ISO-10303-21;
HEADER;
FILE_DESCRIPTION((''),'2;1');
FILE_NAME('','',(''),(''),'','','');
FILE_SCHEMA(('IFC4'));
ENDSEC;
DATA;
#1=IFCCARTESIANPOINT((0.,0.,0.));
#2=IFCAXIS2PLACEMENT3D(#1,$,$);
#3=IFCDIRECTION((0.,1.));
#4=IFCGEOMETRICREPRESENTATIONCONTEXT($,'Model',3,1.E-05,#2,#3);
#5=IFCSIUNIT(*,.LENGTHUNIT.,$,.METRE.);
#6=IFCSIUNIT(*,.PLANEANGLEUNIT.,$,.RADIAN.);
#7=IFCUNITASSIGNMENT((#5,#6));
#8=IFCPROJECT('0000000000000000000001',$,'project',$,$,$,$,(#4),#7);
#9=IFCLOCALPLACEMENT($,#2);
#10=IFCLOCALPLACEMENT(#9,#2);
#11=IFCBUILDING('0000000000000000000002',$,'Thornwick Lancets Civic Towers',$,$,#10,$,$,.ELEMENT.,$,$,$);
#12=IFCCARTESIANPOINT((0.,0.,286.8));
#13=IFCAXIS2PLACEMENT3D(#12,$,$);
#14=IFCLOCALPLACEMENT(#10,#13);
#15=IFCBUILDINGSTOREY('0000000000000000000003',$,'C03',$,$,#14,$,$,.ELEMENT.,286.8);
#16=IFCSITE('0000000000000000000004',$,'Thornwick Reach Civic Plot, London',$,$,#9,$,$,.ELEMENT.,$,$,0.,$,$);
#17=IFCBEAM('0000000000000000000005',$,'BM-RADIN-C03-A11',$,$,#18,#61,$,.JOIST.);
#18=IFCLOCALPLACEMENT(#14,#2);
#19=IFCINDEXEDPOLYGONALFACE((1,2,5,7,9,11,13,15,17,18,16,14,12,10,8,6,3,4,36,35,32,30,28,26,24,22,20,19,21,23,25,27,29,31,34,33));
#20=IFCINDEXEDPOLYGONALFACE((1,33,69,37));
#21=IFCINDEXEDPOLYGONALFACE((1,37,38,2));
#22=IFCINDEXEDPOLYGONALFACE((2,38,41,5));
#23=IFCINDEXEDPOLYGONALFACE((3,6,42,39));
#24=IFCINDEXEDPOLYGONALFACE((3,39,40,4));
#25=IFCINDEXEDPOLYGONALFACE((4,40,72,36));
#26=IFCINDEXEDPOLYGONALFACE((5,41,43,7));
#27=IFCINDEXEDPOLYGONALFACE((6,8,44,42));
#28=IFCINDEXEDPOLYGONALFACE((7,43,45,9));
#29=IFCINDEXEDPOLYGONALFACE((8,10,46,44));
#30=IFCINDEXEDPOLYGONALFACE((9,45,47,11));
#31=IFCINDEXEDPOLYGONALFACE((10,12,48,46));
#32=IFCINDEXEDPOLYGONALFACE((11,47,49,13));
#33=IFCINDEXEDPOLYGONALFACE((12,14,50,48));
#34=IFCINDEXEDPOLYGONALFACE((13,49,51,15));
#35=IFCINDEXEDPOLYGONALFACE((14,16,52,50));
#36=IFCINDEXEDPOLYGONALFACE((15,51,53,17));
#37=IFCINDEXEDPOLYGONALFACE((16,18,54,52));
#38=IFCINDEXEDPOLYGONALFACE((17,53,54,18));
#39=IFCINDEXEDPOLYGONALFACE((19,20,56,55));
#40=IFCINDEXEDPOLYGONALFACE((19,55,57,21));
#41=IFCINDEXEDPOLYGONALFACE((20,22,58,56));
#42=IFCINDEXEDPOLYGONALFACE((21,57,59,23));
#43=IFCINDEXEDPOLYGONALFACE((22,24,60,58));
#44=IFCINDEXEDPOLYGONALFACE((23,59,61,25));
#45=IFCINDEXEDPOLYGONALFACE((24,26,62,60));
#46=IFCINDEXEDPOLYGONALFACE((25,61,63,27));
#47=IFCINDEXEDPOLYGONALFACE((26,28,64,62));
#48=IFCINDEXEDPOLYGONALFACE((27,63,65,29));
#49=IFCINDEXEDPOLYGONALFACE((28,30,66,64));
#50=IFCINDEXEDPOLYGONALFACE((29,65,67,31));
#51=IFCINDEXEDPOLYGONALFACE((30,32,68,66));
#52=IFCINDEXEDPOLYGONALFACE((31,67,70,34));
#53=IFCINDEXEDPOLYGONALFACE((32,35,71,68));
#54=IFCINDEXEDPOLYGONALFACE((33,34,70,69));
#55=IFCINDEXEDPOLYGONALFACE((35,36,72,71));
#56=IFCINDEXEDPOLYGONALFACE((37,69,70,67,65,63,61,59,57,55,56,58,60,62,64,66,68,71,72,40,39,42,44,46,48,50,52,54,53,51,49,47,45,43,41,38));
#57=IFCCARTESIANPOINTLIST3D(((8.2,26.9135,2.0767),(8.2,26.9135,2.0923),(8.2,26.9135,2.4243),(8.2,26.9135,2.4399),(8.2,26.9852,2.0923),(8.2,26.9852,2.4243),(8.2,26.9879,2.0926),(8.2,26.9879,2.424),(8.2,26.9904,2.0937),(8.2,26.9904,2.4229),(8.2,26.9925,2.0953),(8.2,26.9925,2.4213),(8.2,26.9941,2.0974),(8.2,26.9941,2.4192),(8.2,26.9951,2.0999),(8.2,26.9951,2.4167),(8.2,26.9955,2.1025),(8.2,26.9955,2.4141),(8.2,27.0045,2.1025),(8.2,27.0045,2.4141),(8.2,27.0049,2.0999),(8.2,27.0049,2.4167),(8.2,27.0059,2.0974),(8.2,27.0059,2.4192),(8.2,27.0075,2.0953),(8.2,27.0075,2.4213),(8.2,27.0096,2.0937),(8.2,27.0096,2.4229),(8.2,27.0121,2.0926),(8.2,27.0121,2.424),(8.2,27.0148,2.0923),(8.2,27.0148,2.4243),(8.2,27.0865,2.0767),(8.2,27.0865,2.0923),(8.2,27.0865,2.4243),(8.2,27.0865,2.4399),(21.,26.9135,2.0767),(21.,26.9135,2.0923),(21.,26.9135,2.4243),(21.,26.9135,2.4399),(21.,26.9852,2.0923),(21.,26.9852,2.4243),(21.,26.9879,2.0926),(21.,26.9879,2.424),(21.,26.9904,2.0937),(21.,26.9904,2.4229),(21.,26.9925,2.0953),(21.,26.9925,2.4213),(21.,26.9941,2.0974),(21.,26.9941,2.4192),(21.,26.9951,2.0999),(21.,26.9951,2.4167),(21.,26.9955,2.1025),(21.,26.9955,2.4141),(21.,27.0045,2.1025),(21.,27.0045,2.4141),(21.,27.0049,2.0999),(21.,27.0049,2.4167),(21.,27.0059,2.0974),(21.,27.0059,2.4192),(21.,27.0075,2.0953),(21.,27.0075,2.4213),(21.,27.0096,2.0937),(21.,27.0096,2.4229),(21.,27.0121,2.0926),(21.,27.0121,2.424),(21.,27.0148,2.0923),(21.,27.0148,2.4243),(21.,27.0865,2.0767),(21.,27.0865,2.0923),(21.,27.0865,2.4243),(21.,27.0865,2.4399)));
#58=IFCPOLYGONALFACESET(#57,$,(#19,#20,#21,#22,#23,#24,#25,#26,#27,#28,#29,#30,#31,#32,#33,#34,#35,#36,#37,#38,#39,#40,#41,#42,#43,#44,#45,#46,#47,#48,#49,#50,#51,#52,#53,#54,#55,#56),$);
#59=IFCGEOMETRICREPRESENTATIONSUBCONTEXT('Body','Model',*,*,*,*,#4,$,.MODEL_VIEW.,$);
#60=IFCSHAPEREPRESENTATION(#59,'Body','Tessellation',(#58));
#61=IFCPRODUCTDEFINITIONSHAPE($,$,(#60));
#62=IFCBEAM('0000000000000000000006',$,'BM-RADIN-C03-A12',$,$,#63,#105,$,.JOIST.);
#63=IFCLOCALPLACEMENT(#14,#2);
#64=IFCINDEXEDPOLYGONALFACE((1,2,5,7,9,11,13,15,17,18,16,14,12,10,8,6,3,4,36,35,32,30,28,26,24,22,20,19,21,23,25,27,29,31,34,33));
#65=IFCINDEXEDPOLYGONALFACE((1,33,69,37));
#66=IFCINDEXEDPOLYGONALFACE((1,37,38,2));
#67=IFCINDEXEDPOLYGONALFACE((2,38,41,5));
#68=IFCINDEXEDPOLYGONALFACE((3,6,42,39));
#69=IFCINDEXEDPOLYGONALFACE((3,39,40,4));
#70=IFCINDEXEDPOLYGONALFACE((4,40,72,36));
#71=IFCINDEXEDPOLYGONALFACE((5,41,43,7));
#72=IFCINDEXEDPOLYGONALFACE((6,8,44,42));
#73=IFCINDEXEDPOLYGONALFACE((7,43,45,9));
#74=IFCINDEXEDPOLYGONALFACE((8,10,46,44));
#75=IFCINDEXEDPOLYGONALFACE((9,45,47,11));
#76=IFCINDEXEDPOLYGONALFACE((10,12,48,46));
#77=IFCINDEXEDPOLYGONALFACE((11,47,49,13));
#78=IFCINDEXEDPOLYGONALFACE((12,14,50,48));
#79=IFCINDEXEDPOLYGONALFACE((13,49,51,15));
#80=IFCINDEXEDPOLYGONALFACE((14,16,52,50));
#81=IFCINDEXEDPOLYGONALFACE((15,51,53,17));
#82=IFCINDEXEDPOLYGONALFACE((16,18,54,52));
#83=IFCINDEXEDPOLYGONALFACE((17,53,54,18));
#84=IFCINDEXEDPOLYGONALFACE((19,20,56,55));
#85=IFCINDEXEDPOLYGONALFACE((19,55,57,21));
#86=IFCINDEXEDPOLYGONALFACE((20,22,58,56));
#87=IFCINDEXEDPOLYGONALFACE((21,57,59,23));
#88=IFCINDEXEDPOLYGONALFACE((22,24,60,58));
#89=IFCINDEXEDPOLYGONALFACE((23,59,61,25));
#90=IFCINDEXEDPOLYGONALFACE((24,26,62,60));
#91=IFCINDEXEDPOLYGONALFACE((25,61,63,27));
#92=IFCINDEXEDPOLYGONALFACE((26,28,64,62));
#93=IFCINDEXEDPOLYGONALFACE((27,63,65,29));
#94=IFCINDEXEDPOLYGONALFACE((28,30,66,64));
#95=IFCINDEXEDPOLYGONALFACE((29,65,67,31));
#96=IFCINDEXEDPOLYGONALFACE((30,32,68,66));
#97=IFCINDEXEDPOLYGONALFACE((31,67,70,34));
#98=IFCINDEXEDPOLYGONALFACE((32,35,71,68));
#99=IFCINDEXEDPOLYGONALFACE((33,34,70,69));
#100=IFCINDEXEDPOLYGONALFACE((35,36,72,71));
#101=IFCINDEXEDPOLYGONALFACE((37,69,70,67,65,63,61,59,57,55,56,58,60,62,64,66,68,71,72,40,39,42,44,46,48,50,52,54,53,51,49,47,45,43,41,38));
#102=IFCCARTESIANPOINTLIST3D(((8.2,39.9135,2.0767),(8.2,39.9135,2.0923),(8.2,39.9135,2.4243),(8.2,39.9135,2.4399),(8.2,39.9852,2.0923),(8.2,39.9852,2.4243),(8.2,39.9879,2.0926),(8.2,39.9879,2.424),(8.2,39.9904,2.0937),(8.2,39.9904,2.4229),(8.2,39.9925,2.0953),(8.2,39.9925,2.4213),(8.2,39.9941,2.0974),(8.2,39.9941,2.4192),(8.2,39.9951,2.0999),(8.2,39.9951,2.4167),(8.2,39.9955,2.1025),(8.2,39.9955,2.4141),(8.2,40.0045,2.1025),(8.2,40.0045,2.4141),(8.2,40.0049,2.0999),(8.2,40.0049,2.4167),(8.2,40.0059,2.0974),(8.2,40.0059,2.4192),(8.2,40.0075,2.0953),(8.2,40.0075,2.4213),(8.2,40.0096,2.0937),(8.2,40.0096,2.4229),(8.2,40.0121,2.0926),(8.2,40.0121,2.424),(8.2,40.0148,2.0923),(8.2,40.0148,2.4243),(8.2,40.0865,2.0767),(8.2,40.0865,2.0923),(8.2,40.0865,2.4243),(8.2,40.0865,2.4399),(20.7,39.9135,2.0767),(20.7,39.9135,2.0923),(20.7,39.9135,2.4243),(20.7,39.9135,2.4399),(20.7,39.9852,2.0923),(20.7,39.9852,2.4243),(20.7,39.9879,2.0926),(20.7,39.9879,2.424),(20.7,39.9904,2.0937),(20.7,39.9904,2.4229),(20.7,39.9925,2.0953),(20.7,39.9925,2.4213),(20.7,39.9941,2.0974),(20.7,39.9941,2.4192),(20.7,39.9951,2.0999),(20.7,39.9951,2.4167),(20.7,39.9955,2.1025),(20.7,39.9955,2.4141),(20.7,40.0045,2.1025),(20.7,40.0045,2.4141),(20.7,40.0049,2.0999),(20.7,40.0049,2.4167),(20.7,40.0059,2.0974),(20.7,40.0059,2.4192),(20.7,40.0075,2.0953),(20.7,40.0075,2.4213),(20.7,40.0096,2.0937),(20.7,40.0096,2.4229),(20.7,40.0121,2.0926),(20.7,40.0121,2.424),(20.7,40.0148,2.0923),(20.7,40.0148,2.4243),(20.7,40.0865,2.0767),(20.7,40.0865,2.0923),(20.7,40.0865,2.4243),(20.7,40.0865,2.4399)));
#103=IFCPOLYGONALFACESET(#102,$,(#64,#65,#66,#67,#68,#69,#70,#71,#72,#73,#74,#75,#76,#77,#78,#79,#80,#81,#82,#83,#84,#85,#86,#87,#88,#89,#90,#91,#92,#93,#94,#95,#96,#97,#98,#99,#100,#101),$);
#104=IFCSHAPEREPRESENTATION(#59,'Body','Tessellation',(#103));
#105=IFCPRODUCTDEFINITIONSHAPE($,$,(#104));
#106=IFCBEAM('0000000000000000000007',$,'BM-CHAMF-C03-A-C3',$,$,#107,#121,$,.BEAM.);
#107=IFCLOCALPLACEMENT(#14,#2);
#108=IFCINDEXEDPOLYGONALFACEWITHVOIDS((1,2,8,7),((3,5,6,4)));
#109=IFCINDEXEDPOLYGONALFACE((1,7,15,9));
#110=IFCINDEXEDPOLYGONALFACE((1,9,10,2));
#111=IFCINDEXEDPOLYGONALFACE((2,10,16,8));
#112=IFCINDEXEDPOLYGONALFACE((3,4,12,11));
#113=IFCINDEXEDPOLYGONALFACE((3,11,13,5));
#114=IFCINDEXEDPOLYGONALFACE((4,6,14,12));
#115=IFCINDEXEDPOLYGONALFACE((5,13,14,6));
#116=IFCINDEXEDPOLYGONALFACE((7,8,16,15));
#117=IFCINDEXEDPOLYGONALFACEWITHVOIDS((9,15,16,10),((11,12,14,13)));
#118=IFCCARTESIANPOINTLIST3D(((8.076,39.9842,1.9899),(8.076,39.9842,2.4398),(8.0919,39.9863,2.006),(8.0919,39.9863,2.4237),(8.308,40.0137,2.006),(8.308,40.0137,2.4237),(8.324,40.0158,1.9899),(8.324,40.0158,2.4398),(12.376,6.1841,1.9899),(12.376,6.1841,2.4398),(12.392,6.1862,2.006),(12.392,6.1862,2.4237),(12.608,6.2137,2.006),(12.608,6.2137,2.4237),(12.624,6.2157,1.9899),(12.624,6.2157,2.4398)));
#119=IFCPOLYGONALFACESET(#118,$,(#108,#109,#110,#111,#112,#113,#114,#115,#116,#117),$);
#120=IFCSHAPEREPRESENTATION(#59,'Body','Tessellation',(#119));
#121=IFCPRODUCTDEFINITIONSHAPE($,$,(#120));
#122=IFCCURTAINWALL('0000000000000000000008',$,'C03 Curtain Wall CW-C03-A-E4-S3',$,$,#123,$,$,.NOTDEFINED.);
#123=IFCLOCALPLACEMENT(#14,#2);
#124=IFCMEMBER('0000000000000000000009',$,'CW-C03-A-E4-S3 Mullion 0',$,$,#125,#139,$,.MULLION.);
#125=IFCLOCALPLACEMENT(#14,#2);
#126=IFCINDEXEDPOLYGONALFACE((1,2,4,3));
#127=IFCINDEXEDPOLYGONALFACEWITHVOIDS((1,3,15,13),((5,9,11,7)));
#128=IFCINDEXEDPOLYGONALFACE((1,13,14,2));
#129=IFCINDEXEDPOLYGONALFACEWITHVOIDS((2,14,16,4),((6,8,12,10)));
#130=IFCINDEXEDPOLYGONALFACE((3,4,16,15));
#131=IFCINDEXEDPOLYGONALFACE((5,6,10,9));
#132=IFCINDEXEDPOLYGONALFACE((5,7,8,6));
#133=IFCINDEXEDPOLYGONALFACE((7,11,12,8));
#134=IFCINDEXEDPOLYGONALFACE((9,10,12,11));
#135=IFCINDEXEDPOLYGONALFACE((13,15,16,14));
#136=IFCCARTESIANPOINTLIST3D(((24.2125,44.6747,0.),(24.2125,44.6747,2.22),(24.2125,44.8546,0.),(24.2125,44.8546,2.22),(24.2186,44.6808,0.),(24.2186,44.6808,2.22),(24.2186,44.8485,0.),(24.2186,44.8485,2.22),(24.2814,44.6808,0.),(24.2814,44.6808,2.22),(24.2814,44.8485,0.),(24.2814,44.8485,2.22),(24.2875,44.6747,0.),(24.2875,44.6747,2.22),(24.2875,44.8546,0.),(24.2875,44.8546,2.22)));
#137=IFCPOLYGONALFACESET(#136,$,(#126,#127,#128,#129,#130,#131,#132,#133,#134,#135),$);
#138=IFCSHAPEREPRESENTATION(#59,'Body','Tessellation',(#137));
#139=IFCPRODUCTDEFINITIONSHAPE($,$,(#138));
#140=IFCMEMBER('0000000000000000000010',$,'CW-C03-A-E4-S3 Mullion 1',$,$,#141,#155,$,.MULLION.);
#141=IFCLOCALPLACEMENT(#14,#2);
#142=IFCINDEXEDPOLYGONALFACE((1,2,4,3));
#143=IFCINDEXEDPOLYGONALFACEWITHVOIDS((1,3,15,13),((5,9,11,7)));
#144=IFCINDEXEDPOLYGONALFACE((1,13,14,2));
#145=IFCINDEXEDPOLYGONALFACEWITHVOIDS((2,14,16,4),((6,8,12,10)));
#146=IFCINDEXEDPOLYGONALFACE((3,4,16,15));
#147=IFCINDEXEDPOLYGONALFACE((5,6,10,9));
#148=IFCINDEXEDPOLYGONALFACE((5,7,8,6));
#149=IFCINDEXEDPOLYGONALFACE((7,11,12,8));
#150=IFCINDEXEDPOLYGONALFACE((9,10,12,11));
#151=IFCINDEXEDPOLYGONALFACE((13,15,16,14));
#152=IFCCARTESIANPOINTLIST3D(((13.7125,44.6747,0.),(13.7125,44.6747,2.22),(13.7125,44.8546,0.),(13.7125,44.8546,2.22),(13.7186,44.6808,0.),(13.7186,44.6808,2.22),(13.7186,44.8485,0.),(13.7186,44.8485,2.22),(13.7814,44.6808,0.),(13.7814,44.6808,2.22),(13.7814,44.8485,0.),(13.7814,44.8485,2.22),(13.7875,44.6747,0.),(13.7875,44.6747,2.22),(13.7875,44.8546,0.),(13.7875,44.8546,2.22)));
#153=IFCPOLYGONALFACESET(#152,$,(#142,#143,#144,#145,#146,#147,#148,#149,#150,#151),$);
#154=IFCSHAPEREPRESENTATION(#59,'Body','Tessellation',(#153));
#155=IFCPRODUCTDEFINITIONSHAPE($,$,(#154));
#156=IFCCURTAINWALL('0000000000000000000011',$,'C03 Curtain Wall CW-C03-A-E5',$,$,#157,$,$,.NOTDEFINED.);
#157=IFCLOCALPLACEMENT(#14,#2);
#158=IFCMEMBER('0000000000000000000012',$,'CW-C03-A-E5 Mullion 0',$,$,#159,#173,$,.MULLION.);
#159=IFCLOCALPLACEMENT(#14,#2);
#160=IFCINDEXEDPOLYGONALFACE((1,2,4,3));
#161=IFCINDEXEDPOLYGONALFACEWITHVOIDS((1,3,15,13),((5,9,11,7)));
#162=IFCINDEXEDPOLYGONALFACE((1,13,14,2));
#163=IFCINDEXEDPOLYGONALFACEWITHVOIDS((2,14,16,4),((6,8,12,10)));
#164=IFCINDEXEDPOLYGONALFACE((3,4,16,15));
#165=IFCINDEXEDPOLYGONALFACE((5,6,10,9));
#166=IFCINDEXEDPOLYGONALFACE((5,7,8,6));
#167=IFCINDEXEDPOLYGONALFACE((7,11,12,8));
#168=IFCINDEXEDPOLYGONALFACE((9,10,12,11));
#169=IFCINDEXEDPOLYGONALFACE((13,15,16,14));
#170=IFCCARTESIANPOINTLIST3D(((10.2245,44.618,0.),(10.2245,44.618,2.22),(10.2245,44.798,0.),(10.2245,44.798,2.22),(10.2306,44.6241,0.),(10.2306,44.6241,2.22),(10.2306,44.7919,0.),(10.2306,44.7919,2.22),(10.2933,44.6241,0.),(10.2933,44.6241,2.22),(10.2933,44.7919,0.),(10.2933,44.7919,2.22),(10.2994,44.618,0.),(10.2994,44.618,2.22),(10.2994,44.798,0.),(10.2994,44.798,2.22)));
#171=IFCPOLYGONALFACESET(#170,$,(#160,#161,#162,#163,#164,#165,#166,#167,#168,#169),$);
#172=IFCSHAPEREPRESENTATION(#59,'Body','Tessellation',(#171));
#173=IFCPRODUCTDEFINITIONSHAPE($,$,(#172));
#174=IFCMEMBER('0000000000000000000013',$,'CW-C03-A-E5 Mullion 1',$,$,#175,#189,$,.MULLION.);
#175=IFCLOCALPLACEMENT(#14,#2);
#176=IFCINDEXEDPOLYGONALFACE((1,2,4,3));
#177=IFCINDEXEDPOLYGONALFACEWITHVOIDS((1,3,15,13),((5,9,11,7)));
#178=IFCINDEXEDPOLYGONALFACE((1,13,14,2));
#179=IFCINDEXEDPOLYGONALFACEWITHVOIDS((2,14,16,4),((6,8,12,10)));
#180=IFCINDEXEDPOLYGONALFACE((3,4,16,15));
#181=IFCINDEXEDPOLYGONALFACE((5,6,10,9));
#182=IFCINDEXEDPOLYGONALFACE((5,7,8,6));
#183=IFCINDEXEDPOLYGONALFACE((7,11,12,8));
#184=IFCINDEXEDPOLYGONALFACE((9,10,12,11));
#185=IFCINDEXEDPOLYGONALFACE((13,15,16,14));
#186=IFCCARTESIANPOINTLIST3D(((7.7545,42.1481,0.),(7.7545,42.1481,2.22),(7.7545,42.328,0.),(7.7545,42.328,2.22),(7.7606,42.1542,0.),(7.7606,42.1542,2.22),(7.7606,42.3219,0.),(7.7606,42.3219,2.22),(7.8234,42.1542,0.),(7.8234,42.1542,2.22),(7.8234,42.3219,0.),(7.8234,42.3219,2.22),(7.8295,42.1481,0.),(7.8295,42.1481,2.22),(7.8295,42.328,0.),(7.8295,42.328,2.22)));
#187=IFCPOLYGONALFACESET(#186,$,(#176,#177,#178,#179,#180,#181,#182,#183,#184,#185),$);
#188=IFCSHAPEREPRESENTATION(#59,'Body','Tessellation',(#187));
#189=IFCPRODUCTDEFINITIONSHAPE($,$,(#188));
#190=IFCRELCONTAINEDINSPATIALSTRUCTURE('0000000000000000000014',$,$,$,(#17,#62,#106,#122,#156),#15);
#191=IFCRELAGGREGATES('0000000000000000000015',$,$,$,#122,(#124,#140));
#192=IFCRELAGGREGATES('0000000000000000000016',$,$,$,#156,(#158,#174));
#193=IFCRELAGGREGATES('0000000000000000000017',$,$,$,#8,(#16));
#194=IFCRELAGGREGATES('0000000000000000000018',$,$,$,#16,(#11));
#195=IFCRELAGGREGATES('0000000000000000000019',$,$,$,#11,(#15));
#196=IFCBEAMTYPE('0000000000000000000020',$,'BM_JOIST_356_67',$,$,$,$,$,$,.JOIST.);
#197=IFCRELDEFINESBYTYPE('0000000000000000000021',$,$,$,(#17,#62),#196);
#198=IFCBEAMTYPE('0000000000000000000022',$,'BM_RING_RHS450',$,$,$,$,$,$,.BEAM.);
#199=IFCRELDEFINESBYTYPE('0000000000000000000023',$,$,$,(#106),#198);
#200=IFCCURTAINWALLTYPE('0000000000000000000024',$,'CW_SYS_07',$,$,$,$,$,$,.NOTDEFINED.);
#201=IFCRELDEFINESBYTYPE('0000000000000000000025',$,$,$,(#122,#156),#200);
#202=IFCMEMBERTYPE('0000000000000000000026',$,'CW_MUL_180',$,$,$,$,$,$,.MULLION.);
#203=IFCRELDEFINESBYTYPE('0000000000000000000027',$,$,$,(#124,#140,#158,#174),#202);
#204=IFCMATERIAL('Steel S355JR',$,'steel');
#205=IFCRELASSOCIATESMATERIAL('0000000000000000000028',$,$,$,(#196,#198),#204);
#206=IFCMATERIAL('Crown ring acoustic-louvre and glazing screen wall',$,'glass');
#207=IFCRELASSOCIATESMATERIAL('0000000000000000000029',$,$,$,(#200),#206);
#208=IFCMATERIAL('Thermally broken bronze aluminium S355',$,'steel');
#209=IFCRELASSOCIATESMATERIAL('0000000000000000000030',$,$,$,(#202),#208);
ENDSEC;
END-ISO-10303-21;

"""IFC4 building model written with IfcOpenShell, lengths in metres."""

from ifc_helpers import new_model, si_unit, direction, frame, origin, origin_2d, place, context, subcontext, project, spatial, hollow_rectangle, i_section, extrude, material, material_profile, profile_set, type_object, element, aggregate, save


model = new_model("IFC4")

# Units and contexts
model_context = context("Model", 3, precision=1e-05, world=origin(), true_north=direction((0.0, 1.0)))
body_context = subcontext(model_context, "Body", "Model", "MODEL_VIEW")
ifc_project = project(units=[si_unit("LENGTHUNIT", "METRE"), si_unit("PLANEANGLEUNIT", "RADIAN")], contexts=[model_context])

# Site, building, storey
site_placement = place(None, origin())
site = spatial("IfcSite", under=ifc_project, at=site_placement, Name="Thornwick Reach Civic Plot, London", CompositionType="ELEMENT", RefElevation=0.0)
building_placement = place(site_placement, origin())
building = spatial("IfcBuilding", under=site, at=building_placement, Name="Thornwick Lancets Civic Towers", CompositionType="ELEMENT")
storey_placement = place(building_placement, frame((0.0, 0.0, 286.8)))
storey = spatial("IfcBuildingStorey", under=building, at=storey_placement, Name="C03", CompositionType="ELEMENT", Elevation=286.8)

# Shared definitions
ifc_material_1 = material(Name="Steel S355JR", Category="steel")

# Beams
ifc_material_profile_1 = material_profile(ifc_material_1, i_section(OverallWidth=0.1731, OverallDepth=0.3633, WebThickness=0.009, FlangeThickness=0.0156, FilletRadius=0.0103, at=origin_2d()), Name="UKB 356x171x67")
ifc_profile_set_1 = profile_set([ifc_material_profile_1], Name="Steel S355JR")
beam_type_1 = type_object("IfcBeamType", Name="BM_JOIST_356_67", PredefinedType="JOIST", material=ifc_profile_set_1)
beam_1_placement = place(storey_placement, frame((21.0, 27.0, 2.2583), z_axis=(-1.0, 0.0, 0.0), x_axis=(0.0, -1.0, 0.0)))
element("IfcBeam", 1, at=beam_1_placement, inside=storey, type_object=beam_type_1, Name="BM-RADIN-C03-A11", PredefinedType="JOIST", context=body_context, shape_type="SweptSolid", body=[
    extrude(i_section(OverallWidth=0.1731, OverallDepth=0.3633, WebThickness=0.009, FlangeThickness=0.0156, FilletRadius=0.0103, at=origin_2d()), origin(), (0.0, 0.0, 1.0), 12.8),
])
beam_2_placement = place(storey_placement, frame((20.7, 40.0, 2.2583), z_axis=(-1.0, 0.0, 0.0), x_axis=(0.0, -1.0, 0.0)))
element("IfcBeam", 2, at=beam_2_placement, inside=storey, type_object=beam_type_1, Name="BM-RADIN-C03-A12", PredefinedType="JOIST", context=body_context, shape_type="SweptSolid", body=[
    extrude(i_section(OverallWidth=0.1731, OverallDepth=0.3633, WebThickness=0.009, FlangeThickness=0.0156, FilletRadius=0.0103, at=origin_2d()), origin(), (0.0, 0.0, 1.0), 12.5),
])
ifc_material_profile_2 = material_profile(ifc_material_1, hollow_rectangle(XDim=0.25, YDim=0.45, WallThickness=0.0161, at=origin_2d()), Name="RHS 450x250x16")
ifc_profile_set_2 = profile_set([ifc_material_profile_2], Name="Steel S355JR")
beam_type_2 = type_object("IfcBeamType", Name="BM_RING_RHS450", PredefinedType="BEAM", material=ifc_profile_set_2)
beam_3_placement = place(storey_placement, frame((8.2, 40.0, 2.2148), z_axis=(0.126203, -0.992004, 0.0), x_axis=(0.992004, 0.126203, 0.0)))
element("IfcBeam", 3, at=beam_3_placement, inside=storey, type_object=beam_type_2, Name="BM-CHAMF-C03-A-C3", PredefinedType="BEAM", context=body_context, shape_type="SweptSolid", body=[
    extrude(hollow_rectangle(XDim=0.25, YDim=0.45, WallThickness=0.0161, at=origin_2d()), origin(), (0.0, 0.0, 1.0), 34.0725),
])

# Curtain walls, members
ifc_material_2 = material(Name="Crown ring acoustic-louvre and glazing screen wall", Category="glass")
curtain_wall_type = type_object("IfcCurtainWallType", Name="CW_SYS_07", PredefinedType="NOTDEFINED", material=ifc_material_2)
curtain_wall_1_placement = place(storey_placement, origin())
curtain_wall_1 = element("IfcCurtainWall", 4, at=curtain_wall_1_placement, inside=storey, type_object=curtain_wall_type, Name="C03 Curtain Wall CW-C03-A-E4-S3", PredefinedType="NOTDEFINED")
ifc_material_3 = material(Name="Thermally broken bronze aluminium S355", Category="steel")
ifc_material_profile_3 = material_profile(ifc_material_3, hollow_rectangle(XDim=0.075, YDim=0.1799, WallThickness=0.0061, at=origin_2d()), Name="RHS 180x75x6")
ifc_profile_set_3 = profile_set([ifc_material_profile_3], Name="Thermally broken bronze aluminium S355")
member_type_1 = type_object("IfcMemberType", Name="CW_MUL_180", PredefinedType="MULLION", material=ifc_profile_set_3)
member_1_placement = place(storey_placement, frame((24.25, 44.7646, 0.0), z_axis=(0.0, 0.0, 1.0), x_axis=(1.0, 0.0, 0.0)))
member_1 = element("IfcMember", 5, at=member_1_placement, type_object=member_type_1, Name="CW-C03-A-E4-S3 Mullion 0", PredefinedType="MULLION", context=body_context, shape_type="SweptSolid", body=[
    extrude(hollow_rectangle(XDim=0.075, YDim=0.1799, WallThickness=0.0061, at=origin_2d()), origin(), (0.0, 0.0, 1.0), 2.22),
])
member_2_placement = place(storey_placement, frame((13.75, 44.7646, 0.0), z_axis=(0.0, 0.0, 1.0), x_axis=(1.0, 0.0, 0.0)))
member_2 = element("IfcMember", 6, at=member_2_placement, type_object=member_type_1, Name="CW-C03-A-E4-S3 Mullion 1", PredefinedType="MULLION", context=body_context, shape_type="SweptSolid", body=[
    extrude(hollow_rectangle(XDim=0.075, YDim=0.1799, WallThickness=0.0061, at=origin_2d()), origin(), (0.0, 0.0, 1.0), 2.22),
])
curtain_wall_2_placement = place(storey_placement, origin())
curtain_wall_2 = element("IfcCurtainWall", 7, at=curtain_wall_2_placement, inside=storey, type_object=curtain_wall_type, Name="C03 Curtain Wall CW-C03-A-E5", PredefinedType="NOTDEFINED")
member_3_placement = place(storey_placement, frame((10.262, 44.708, 0.0), z_axis=(0.0, 0.0, 1.0), x_axis=(1.0, 0.0, 0.0)))
member_3 = element("IfcMember", 8, at=member_3_placement, type_object=member_type_1, Name="CW-C03-A-E5 Mullion 0", PredefinedType="MULLION", context=body_context, shape_type="SweptSolid", body=[
    extrude(hollow_rectangle(XDim=0.075, YDim=0.1799, WallThickness=0.0061, at=origin_2d()), origin(), (0.0, 0.0, 1.0), 2.22),
])
member_4_placement = place(storey_placement, frame((7.792, 42.238, 0.0), z_axis=(0.0, 0.0, 1.0), x_axis=(1.0, 0.0, 0.0)))
member_4 = element("IfcMember", 9, at=member_4_placement, type_object=member_type_1, Name="CW-C03-A-E5 Mullion 1", PredefinedType="MULLION", context=body_context, shape_type="SweptSolid", body=[
    extrude(hollow_rectangle(XDim=0.075, YDim=0.1799, WallThickness=0.0061, at=origin_2d()), origin(), (0.0, 0.0, 1.0), 2.22),
])

aggregate(curtain_wall_1, [member_1, member_2])
aggregate(curtain_wall_2, [member_3, member_4])

save(model, "model.ifc")
